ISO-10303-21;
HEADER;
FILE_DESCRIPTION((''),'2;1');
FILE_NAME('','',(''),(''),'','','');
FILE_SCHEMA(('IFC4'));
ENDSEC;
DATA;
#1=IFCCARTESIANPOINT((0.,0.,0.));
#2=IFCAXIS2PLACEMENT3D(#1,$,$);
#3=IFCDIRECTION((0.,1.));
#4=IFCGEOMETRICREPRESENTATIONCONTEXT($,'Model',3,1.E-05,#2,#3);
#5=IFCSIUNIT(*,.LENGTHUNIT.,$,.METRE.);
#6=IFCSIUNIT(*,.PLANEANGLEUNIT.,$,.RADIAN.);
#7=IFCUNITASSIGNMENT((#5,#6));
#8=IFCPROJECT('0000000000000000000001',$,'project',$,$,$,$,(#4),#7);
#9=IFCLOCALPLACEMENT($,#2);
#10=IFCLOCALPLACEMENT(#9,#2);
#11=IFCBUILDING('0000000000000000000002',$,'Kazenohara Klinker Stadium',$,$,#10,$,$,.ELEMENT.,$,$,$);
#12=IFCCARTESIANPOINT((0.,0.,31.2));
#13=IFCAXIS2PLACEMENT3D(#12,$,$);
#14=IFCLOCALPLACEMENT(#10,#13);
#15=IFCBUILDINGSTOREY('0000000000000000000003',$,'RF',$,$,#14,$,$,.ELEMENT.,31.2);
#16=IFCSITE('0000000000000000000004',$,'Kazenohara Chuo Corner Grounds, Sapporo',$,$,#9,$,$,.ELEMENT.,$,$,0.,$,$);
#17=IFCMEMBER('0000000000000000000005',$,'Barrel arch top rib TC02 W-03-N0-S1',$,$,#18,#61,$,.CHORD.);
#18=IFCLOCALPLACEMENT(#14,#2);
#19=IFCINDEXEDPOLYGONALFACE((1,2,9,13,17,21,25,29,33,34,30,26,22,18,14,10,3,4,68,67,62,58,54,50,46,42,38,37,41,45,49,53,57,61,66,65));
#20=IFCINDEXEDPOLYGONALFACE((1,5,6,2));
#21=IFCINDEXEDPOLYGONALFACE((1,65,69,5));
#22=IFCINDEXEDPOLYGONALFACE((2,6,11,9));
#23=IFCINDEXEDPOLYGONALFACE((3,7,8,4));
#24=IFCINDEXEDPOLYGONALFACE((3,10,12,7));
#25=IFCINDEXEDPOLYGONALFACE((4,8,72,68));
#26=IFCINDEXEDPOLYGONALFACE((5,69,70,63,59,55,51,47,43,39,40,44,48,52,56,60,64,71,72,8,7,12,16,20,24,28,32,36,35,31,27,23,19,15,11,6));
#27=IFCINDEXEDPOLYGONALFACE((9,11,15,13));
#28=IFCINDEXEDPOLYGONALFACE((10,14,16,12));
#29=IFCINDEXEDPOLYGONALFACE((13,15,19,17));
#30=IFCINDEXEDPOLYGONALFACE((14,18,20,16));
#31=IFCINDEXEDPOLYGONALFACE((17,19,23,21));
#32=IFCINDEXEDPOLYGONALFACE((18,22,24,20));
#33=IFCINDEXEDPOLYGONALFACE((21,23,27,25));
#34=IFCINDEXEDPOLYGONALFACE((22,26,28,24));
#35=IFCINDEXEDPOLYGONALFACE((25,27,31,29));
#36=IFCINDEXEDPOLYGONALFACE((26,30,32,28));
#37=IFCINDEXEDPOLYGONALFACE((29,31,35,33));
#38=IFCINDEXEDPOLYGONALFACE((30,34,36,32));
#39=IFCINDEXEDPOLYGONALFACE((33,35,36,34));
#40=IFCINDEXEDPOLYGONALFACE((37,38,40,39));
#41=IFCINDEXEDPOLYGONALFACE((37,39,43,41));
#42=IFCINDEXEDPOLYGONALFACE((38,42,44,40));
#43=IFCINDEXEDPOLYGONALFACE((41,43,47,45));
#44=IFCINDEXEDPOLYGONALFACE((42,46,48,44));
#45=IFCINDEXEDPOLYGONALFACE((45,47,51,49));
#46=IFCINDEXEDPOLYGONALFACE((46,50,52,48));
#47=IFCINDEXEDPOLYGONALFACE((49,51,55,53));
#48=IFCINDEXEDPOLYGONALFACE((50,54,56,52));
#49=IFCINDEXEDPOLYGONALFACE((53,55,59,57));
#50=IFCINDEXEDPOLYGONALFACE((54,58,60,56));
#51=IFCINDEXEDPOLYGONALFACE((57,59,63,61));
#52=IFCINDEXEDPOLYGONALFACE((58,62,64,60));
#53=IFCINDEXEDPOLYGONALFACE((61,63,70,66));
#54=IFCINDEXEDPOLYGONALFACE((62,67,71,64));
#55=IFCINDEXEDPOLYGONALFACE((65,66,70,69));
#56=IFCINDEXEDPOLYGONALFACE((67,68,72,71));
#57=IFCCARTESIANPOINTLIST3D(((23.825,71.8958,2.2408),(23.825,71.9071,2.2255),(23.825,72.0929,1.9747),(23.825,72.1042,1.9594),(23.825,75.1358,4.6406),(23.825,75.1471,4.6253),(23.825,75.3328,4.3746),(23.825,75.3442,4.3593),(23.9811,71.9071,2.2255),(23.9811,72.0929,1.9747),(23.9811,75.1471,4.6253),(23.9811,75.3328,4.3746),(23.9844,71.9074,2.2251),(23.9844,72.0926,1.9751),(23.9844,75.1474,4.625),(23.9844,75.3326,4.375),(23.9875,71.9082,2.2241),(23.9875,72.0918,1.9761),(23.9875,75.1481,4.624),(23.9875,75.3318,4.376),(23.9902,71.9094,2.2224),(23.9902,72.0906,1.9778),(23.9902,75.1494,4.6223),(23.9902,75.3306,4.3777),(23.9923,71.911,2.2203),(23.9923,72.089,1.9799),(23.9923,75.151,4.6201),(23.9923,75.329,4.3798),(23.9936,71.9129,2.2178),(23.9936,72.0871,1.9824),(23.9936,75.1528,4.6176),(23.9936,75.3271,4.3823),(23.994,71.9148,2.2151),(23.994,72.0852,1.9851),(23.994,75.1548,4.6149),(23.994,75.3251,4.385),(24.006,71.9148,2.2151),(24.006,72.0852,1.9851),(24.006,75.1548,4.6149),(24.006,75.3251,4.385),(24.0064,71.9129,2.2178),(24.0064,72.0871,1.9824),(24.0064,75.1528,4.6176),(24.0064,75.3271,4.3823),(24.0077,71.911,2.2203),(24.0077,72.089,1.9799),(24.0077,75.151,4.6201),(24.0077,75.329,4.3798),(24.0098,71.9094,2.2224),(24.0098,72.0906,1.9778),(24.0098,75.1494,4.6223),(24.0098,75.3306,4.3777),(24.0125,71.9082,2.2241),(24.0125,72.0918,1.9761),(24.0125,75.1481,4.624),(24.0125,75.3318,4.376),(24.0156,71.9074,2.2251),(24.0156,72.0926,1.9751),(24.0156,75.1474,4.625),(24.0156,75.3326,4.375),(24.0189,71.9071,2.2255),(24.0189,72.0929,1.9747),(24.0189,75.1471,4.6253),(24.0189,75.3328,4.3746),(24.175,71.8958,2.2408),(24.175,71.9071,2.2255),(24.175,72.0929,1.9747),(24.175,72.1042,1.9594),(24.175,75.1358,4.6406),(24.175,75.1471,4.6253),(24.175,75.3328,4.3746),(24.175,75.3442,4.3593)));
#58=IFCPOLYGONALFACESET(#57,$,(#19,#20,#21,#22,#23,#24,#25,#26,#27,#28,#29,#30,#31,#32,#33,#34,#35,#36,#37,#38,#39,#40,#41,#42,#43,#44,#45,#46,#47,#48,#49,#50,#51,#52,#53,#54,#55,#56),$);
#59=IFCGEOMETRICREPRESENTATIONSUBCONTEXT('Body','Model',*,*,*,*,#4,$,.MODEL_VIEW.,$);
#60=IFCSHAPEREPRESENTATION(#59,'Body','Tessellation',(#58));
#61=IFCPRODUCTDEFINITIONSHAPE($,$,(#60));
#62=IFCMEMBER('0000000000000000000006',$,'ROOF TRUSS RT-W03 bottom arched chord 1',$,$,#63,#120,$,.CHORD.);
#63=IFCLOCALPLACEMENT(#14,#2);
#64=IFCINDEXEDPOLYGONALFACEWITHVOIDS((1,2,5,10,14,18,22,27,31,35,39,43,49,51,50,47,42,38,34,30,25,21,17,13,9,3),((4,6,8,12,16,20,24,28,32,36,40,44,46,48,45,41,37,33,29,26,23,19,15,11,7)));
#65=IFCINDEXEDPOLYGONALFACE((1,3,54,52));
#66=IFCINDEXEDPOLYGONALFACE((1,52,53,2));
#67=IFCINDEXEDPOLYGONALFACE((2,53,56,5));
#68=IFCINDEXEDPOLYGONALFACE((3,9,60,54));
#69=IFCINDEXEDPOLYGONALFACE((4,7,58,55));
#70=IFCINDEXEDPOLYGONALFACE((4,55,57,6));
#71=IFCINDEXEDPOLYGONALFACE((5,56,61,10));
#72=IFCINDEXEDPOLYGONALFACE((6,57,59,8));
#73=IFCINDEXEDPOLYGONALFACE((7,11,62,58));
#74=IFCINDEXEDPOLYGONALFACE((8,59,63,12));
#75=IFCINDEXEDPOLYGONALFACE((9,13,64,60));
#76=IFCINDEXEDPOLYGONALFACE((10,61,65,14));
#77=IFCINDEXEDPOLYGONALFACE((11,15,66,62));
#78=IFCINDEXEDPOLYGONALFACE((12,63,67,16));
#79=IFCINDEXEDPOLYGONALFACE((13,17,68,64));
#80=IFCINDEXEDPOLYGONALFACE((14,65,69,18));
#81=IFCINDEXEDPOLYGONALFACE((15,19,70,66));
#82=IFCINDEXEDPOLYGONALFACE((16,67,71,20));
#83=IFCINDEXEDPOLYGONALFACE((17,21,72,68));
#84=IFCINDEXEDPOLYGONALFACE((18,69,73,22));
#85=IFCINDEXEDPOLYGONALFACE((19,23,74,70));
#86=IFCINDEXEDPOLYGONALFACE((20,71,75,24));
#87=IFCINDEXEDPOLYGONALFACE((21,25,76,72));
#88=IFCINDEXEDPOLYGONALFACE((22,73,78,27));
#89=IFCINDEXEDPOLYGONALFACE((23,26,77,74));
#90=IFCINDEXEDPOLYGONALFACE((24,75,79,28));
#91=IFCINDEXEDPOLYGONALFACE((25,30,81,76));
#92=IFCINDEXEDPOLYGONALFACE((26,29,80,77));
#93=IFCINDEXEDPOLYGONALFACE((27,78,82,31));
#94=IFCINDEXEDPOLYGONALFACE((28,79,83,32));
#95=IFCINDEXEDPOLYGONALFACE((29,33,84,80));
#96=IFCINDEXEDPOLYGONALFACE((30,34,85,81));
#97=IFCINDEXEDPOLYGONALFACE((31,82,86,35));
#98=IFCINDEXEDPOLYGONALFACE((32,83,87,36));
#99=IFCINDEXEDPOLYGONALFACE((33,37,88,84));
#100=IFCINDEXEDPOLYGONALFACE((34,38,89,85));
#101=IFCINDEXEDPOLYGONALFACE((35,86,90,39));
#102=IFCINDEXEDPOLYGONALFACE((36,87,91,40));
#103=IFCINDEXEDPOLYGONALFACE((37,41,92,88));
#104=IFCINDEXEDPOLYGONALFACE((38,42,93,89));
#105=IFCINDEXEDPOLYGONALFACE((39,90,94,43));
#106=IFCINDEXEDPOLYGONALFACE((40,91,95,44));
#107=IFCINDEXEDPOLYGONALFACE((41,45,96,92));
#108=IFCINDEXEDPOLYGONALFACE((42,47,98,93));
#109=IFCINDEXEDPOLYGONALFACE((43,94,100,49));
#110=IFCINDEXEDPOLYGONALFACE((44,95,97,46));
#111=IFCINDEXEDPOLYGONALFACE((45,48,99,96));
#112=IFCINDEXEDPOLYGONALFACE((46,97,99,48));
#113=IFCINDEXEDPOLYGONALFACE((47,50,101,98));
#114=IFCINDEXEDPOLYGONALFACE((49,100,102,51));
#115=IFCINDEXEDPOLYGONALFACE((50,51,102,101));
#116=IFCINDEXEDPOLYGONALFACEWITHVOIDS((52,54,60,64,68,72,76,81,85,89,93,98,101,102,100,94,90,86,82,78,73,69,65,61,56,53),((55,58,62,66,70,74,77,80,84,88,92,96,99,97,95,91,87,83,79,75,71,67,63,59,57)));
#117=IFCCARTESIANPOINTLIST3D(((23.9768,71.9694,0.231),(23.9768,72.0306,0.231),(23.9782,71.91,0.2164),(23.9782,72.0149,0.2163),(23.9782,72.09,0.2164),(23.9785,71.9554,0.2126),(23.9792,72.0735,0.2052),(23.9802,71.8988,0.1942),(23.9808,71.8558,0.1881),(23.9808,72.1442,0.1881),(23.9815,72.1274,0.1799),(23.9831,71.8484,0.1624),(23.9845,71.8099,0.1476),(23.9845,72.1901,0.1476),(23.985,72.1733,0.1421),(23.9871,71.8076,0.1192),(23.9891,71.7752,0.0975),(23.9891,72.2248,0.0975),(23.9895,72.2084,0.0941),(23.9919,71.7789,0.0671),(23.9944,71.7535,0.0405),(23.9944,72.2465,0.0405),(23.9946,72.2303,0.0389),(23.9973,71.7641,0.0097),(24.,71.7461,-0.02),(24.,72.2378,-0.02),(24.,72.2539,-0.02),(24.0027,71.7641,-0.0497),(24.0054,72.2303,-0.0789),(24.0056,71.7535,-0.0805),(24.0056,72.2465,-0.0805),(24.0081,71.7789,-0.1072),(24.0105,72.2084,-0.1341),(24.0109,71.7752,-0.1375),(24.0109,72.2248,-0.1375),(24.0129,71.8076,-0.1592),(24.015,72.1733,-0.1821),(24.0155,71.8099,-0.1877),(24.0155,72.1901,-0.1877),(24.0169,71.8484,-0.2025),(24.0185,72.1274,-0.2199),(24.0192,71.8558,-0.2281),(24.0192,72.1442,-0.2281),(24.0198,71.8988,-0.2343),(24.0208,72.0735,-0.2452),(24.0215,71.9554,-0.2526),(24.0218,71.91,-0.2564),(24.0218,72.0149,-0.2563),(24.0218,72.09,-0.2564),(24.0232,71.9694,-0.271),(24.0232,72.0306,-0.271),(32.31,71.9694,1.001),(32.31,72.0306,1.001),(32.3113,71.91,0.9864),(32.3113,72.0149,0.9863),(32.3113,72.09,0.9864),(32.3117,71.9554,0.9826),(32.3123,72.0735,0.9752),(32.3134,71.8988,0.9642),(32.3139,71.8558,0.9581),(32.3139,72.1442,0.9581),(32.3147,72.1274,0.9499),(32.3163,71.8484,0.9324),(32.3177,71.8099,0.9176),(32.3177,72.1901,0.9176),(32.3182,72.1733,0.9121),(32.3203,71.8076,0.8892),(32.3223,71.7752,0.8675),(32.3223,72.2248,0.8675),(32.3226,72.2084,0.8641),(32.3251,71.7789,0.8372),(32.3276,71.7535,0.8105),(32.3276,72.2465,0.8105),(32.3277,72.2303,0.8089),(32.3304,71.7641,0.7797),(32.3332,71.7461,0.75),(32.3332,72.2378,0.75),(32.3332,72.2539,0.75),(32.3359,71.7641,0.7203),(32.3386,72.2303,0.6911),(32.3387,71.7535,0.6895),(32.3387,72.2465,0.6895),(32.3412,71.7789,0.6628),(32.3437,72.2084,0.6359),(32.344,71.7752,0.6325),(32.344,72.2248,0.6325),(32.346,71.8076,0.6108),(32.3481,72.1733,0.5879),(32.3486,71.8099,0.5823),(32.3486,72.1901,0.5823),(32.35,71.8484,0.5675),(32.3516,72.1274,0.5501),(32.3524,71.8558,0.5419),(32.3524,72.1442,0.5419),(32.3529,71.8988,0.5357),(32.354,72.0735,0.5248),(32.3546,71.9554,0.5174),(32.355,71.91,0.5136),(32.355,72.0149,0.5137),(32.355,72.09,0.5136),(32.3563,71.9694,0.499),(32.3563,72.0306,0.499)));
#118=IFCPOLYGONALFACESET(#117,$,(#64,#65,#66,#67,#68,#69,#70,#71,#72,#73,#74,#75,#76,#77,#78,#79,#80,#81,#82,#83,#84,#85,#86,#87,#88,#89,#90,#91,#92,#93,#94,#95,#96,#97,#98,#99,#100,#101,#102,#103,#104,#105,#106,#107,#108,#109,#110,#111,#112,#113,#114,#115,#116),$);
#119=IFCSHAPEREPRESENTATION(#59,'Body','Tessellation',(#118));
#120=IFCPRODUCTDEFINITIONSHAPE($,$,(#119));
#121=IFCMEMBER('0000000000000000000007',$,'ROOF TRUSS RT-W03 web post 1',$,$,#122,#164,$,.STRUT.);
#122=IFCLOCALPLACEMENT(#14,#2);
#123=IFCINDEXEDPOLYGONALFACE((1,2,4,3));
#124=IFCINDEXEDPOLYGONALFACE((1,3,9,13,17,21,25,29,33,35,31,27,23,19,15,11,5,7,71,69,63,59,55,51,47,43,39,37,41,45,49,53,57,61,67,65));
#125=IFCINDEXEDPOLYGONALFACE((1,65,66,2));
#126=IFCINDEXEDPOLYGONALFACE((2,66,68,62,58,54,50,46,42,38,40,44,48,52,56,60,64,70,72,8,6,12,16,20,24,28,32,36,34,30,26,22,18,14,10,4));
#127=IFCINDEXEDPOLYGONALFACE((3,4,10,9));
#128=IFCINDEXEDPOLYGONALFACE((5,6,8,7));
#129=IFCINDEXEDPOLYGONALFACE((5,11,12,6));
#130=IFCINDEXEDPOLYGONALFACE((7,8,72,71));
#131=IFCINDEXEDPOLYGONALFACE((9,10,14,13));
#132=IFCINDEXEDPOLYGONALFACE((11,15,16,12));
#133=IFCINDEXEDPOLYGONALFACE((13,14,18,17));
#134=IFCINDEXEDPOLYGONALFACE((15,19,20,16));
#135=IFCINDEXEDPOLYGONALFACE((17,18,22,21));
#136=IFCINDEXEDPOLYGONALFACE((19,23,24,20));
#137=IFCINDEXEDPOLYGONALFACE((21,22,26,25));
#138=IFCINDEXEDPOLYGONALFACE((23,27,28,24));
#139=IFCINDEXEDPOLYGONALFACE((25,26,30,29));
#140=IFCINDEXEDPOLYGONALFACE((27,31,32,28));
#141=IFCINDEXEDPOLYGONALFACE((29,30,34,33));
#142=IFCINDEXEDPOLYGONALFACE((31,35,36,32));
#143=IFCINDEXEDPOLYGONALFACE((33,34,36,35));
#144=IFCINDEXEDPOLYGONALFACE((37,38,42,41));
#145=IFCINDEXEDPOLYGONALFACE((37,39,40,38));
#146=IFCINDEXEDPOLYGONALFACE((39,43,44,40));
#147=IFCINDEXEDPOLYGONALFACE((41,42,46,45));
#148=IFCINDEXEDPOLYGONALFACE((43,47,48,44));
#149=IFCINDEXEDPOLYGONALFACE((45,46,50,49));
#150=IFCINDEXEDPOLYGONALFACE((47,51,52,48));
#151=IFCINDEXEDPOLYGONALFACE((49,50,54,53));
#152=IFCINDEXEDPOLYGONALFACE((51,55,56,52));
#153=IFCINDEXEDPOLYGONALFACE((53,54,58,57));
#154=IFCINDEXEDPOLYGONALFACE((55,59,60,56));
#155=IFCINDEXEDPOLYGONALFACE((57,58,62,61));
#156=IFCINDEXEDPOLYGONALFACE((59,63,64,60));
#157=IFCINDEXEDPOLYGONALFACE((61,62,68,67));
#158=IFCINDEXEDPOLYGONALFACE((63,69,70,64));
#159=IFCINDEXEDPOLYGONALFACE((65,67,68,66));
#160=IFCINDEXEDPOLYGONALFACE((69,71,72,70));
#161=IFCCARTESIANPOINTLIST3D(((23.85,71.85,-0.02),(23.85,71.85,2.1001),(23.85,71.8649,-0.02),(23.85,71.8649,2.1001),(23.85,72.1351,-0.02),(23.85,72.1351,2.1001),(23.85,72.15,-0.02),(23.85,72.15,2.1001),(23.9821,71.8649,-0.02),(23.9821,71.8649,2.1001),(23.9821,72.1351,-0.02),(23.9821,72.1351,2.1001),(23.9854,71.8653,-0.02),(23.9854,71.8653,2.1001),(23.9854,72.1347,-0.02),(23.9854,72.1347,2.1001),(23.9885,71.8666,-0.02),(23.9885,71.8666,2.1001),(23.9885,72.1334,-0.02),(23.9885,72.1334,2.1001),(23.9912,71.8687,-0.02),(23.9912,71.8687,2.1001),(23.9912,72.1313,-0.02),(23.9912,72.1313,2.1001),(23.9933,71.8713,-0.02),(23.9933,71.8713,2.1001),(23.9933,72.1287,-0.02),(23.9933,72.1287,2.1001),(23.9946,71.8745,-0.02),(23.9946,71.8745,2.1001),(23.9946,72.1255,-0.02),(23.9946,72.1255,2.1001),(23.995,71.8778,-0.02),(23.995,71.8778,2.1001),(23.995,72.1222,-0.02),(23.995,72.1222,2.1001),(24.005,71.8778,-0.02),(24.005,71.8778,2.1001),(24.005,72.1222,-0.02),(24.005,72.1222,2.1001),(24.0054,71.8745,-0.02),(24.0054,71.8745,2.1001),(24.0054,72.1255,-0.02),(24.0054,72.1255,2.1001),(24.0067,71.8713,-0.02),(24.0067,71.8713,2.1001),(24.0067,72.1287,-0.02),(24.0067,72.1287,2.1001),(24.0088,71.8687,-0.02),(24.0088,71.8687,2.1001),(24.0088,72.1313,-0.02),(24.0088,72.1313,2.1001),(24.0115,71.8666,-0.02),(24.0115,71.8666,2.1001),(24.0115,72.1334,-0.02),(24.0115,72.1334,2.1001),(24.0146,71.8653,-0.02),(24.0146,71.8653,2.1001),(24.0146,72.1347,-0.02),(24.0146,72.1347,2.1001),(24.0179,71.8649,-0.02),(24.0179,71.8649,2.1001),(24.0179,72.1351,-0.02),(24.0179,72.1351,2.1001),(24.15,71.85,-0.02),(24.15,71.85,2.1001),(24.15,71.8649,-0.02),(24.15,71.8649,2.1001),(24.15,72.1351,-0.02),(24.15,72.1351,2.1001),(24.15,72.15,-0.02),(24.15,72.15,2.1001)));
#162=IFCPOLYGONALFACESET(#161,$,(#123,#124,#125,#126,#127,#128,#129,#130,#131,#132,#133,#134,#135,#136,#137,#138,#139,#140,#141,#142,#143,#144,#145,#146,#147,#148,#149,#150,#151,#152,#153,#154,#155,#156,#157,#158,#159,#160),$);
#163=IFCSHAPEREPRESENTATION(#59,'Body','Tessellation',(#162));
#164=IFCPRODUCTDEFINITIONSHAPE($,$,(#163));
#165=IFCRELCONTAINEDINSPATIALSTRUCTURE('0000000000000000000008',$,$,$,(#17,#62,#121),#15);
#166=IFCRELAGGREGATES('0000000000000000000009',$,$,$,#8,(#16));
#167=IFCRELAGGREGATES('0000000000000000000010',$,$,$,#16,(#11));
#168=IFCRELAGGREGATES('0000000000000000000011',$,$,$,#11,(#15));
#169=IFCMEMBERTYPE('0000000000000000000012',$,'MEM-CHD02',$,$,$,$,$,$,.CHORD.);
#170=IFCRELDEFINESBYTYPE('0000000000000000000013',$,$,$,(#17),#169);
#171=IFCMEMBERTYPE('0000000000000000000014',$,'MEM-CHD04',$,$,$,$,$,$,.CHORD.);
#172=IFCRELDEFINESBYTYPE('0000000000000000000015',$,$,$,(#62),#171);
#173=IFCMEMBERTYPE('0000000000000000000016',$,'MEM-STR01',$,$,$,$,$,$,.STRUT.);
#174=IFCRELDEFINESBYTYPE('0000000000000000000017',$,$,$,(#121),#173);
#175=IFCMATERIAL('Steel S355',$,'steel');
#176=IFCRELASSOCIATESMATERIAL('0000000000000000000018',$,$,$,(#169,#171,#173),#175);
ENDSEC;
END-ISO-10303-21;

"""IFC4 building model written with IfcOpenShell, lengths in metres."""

from ifc_helpers import new_model, si_unit, direction, frame, origin, origin_2d, place, context, subcontext, project, spatial, hollow_circle, i_section, extrude, material, material_profile, profile_set, type_object, element, save


model = new_model("IFC4")

# Units and contexts
model_context = context("Model", 3, precision=1e-05, world=origin(), true_north=direction((0.0, 1.0)))
body_context = subcontext(model_context, "Body", "Model", "MODEL_VIEW")
ifc_project = project(units=[si_unit("LENGTHUNIT", "METRE"), si_unit("PLANEANGLEUNIT", "RADIAN")], contexts=[model_context])

# Site, building, storey
site_placement = place(None, origin())
site = spatial("IfcSite", under=ifc_project, at=site_placement, Name="Kazenohara Chuo Corner Grounds, Sapporo", CompositionType="ELEMENT", RefElevation=0.0)
building_placement = place(site_placement, origin())
building = spatial("IfcBuilding", under=site, at=building_placement, Name="Kazenohara Klinker Stadium", CompositionType="ELEMENT")
storey_placement = place(building_placement, frame((0.0, 0.0, 31.2)))
storey = spatial("IfcBuildingStorey", under=building, at=storey_placement, Name="RF", CompositionType="ELEMENT", Elevation=31.2)

# Members
ifc_material_1 = material(Name="Steel S355", Category="steel")
ifc_material_profile_1 = material_profile(ifc_material_1, i_section(OverallWidth=0.3501, OverallDepth=0.3501, WebThickness=0.012, FlangeThickness=0.019, FilletRadius=0.0129, at=origin_2d()), Name="H-350x350x12x19")
ifc_profile_set_1 = profile_set([ifc_material_profile_1], Name="Steel S355")
member_type_1 = type_object("IfcMemberType", Name="MEM-CHD02", PredefinedType="CHORD", material=ifc_profile_set_1)
member_1_placement = place(storey_placement, frame((24.0, 72.0, 2.1001), z_axis=(0.0, 0.803568, 0.595213), x_axis=(-1.0, 0.0, 0.0)))
element("IfcMember", 1, at=member_1_placement, inside=storey, type_object=member_type_1, Name="Barrel arch top rib TC02 W-03-N0-S1", PredefinedType="CHORD", context=body_context, shape_type="SweptSolid", body=[
    extrude(i_section(OverallWidth=0.3501, OverallDepth=0.3501, WebThickness=0.012, FlangeThickness=0.019, FilletRadius=0.0129, at=origin_2d()), origin(), (0.0, 0.0, 1.0), 4.032),
])
ifc_material_profile_2 = material_profile(ifc_material_1, hollow_circle(Radius=0.2539, WallThickness=0.0161, at=origin_2d()), Name="CHS-508.0x16")
ifc_profile_set_2 = profile_set([ifc_material_profile_2], Name="Steel S355")
member_type_2 = type_object("IfcMemberType", Name="MEM-CHD04", PredefinedType="CHORD", material=ifc_profile_set_2)
member_2_placement = place(storey_placement, frame((24.0, 72.0, -0.02), z_axis=(0.995758, 0.0, 0.092011), x_axis=(0.0, 1.0, 0.0)))
element("IfcMember", 2, at=member_2_placement, inside=storey, type_object=member_type_2, Name="ROOF TRUSS RT-W03 bottom arched chord 1", PredefinedType="CHORD", context=body_context, shape_type="SweptSolid", body=[
    extrude(hollow_circle(Radius=0.2539, WallThickness=0.0161, at=origin_2d()), origin(), (0.0, 0.0, 1.0), 8.3687),
])
ifc_material_profile_3 = material_profile(ifc_material_1, i_section(OverallWidth=0.3, OverallDepth=0.3, WebThickness=0.01, FlangeThickness=0.0149, FilletRadius=0.0129, at=origin_2d()), Name="H-300x300x10x15")
ifc_profile_set_3 = profile_set([ifc_material_profile_3], Name="Steel S355")
member_type_3 = type_object("IfcMemberType", Name="MEM-STR01", PredefinedType="STRUT", material=ifc_profile_set_3)
member_3_placement = place(storey_placement, frame((24.0, 72.0, -0.02), z_axis=(0.0, 0.0, 1.0), x_axis=(1.0, 0.0, 0.0)))
element("IfcMember", 3, at=member_3_placement, inside=storey, type_object=member_type_3, Name="ROOF TRUSS RT-W03 web post 1", PredefinedType="STRUT", context=body_context, shape_type="SweptSolid", body=[
    extrude(i_section(OverallWidth=0.3, OverallDepth=0.3, WebThickness=0.01, FlangeThickness=0.0149, FilletRadius=0.0129, at=origin_2d()), origin(), (0.0, 0.0, 1.0), 2.1201),
])

save(model, "model.ifc")
